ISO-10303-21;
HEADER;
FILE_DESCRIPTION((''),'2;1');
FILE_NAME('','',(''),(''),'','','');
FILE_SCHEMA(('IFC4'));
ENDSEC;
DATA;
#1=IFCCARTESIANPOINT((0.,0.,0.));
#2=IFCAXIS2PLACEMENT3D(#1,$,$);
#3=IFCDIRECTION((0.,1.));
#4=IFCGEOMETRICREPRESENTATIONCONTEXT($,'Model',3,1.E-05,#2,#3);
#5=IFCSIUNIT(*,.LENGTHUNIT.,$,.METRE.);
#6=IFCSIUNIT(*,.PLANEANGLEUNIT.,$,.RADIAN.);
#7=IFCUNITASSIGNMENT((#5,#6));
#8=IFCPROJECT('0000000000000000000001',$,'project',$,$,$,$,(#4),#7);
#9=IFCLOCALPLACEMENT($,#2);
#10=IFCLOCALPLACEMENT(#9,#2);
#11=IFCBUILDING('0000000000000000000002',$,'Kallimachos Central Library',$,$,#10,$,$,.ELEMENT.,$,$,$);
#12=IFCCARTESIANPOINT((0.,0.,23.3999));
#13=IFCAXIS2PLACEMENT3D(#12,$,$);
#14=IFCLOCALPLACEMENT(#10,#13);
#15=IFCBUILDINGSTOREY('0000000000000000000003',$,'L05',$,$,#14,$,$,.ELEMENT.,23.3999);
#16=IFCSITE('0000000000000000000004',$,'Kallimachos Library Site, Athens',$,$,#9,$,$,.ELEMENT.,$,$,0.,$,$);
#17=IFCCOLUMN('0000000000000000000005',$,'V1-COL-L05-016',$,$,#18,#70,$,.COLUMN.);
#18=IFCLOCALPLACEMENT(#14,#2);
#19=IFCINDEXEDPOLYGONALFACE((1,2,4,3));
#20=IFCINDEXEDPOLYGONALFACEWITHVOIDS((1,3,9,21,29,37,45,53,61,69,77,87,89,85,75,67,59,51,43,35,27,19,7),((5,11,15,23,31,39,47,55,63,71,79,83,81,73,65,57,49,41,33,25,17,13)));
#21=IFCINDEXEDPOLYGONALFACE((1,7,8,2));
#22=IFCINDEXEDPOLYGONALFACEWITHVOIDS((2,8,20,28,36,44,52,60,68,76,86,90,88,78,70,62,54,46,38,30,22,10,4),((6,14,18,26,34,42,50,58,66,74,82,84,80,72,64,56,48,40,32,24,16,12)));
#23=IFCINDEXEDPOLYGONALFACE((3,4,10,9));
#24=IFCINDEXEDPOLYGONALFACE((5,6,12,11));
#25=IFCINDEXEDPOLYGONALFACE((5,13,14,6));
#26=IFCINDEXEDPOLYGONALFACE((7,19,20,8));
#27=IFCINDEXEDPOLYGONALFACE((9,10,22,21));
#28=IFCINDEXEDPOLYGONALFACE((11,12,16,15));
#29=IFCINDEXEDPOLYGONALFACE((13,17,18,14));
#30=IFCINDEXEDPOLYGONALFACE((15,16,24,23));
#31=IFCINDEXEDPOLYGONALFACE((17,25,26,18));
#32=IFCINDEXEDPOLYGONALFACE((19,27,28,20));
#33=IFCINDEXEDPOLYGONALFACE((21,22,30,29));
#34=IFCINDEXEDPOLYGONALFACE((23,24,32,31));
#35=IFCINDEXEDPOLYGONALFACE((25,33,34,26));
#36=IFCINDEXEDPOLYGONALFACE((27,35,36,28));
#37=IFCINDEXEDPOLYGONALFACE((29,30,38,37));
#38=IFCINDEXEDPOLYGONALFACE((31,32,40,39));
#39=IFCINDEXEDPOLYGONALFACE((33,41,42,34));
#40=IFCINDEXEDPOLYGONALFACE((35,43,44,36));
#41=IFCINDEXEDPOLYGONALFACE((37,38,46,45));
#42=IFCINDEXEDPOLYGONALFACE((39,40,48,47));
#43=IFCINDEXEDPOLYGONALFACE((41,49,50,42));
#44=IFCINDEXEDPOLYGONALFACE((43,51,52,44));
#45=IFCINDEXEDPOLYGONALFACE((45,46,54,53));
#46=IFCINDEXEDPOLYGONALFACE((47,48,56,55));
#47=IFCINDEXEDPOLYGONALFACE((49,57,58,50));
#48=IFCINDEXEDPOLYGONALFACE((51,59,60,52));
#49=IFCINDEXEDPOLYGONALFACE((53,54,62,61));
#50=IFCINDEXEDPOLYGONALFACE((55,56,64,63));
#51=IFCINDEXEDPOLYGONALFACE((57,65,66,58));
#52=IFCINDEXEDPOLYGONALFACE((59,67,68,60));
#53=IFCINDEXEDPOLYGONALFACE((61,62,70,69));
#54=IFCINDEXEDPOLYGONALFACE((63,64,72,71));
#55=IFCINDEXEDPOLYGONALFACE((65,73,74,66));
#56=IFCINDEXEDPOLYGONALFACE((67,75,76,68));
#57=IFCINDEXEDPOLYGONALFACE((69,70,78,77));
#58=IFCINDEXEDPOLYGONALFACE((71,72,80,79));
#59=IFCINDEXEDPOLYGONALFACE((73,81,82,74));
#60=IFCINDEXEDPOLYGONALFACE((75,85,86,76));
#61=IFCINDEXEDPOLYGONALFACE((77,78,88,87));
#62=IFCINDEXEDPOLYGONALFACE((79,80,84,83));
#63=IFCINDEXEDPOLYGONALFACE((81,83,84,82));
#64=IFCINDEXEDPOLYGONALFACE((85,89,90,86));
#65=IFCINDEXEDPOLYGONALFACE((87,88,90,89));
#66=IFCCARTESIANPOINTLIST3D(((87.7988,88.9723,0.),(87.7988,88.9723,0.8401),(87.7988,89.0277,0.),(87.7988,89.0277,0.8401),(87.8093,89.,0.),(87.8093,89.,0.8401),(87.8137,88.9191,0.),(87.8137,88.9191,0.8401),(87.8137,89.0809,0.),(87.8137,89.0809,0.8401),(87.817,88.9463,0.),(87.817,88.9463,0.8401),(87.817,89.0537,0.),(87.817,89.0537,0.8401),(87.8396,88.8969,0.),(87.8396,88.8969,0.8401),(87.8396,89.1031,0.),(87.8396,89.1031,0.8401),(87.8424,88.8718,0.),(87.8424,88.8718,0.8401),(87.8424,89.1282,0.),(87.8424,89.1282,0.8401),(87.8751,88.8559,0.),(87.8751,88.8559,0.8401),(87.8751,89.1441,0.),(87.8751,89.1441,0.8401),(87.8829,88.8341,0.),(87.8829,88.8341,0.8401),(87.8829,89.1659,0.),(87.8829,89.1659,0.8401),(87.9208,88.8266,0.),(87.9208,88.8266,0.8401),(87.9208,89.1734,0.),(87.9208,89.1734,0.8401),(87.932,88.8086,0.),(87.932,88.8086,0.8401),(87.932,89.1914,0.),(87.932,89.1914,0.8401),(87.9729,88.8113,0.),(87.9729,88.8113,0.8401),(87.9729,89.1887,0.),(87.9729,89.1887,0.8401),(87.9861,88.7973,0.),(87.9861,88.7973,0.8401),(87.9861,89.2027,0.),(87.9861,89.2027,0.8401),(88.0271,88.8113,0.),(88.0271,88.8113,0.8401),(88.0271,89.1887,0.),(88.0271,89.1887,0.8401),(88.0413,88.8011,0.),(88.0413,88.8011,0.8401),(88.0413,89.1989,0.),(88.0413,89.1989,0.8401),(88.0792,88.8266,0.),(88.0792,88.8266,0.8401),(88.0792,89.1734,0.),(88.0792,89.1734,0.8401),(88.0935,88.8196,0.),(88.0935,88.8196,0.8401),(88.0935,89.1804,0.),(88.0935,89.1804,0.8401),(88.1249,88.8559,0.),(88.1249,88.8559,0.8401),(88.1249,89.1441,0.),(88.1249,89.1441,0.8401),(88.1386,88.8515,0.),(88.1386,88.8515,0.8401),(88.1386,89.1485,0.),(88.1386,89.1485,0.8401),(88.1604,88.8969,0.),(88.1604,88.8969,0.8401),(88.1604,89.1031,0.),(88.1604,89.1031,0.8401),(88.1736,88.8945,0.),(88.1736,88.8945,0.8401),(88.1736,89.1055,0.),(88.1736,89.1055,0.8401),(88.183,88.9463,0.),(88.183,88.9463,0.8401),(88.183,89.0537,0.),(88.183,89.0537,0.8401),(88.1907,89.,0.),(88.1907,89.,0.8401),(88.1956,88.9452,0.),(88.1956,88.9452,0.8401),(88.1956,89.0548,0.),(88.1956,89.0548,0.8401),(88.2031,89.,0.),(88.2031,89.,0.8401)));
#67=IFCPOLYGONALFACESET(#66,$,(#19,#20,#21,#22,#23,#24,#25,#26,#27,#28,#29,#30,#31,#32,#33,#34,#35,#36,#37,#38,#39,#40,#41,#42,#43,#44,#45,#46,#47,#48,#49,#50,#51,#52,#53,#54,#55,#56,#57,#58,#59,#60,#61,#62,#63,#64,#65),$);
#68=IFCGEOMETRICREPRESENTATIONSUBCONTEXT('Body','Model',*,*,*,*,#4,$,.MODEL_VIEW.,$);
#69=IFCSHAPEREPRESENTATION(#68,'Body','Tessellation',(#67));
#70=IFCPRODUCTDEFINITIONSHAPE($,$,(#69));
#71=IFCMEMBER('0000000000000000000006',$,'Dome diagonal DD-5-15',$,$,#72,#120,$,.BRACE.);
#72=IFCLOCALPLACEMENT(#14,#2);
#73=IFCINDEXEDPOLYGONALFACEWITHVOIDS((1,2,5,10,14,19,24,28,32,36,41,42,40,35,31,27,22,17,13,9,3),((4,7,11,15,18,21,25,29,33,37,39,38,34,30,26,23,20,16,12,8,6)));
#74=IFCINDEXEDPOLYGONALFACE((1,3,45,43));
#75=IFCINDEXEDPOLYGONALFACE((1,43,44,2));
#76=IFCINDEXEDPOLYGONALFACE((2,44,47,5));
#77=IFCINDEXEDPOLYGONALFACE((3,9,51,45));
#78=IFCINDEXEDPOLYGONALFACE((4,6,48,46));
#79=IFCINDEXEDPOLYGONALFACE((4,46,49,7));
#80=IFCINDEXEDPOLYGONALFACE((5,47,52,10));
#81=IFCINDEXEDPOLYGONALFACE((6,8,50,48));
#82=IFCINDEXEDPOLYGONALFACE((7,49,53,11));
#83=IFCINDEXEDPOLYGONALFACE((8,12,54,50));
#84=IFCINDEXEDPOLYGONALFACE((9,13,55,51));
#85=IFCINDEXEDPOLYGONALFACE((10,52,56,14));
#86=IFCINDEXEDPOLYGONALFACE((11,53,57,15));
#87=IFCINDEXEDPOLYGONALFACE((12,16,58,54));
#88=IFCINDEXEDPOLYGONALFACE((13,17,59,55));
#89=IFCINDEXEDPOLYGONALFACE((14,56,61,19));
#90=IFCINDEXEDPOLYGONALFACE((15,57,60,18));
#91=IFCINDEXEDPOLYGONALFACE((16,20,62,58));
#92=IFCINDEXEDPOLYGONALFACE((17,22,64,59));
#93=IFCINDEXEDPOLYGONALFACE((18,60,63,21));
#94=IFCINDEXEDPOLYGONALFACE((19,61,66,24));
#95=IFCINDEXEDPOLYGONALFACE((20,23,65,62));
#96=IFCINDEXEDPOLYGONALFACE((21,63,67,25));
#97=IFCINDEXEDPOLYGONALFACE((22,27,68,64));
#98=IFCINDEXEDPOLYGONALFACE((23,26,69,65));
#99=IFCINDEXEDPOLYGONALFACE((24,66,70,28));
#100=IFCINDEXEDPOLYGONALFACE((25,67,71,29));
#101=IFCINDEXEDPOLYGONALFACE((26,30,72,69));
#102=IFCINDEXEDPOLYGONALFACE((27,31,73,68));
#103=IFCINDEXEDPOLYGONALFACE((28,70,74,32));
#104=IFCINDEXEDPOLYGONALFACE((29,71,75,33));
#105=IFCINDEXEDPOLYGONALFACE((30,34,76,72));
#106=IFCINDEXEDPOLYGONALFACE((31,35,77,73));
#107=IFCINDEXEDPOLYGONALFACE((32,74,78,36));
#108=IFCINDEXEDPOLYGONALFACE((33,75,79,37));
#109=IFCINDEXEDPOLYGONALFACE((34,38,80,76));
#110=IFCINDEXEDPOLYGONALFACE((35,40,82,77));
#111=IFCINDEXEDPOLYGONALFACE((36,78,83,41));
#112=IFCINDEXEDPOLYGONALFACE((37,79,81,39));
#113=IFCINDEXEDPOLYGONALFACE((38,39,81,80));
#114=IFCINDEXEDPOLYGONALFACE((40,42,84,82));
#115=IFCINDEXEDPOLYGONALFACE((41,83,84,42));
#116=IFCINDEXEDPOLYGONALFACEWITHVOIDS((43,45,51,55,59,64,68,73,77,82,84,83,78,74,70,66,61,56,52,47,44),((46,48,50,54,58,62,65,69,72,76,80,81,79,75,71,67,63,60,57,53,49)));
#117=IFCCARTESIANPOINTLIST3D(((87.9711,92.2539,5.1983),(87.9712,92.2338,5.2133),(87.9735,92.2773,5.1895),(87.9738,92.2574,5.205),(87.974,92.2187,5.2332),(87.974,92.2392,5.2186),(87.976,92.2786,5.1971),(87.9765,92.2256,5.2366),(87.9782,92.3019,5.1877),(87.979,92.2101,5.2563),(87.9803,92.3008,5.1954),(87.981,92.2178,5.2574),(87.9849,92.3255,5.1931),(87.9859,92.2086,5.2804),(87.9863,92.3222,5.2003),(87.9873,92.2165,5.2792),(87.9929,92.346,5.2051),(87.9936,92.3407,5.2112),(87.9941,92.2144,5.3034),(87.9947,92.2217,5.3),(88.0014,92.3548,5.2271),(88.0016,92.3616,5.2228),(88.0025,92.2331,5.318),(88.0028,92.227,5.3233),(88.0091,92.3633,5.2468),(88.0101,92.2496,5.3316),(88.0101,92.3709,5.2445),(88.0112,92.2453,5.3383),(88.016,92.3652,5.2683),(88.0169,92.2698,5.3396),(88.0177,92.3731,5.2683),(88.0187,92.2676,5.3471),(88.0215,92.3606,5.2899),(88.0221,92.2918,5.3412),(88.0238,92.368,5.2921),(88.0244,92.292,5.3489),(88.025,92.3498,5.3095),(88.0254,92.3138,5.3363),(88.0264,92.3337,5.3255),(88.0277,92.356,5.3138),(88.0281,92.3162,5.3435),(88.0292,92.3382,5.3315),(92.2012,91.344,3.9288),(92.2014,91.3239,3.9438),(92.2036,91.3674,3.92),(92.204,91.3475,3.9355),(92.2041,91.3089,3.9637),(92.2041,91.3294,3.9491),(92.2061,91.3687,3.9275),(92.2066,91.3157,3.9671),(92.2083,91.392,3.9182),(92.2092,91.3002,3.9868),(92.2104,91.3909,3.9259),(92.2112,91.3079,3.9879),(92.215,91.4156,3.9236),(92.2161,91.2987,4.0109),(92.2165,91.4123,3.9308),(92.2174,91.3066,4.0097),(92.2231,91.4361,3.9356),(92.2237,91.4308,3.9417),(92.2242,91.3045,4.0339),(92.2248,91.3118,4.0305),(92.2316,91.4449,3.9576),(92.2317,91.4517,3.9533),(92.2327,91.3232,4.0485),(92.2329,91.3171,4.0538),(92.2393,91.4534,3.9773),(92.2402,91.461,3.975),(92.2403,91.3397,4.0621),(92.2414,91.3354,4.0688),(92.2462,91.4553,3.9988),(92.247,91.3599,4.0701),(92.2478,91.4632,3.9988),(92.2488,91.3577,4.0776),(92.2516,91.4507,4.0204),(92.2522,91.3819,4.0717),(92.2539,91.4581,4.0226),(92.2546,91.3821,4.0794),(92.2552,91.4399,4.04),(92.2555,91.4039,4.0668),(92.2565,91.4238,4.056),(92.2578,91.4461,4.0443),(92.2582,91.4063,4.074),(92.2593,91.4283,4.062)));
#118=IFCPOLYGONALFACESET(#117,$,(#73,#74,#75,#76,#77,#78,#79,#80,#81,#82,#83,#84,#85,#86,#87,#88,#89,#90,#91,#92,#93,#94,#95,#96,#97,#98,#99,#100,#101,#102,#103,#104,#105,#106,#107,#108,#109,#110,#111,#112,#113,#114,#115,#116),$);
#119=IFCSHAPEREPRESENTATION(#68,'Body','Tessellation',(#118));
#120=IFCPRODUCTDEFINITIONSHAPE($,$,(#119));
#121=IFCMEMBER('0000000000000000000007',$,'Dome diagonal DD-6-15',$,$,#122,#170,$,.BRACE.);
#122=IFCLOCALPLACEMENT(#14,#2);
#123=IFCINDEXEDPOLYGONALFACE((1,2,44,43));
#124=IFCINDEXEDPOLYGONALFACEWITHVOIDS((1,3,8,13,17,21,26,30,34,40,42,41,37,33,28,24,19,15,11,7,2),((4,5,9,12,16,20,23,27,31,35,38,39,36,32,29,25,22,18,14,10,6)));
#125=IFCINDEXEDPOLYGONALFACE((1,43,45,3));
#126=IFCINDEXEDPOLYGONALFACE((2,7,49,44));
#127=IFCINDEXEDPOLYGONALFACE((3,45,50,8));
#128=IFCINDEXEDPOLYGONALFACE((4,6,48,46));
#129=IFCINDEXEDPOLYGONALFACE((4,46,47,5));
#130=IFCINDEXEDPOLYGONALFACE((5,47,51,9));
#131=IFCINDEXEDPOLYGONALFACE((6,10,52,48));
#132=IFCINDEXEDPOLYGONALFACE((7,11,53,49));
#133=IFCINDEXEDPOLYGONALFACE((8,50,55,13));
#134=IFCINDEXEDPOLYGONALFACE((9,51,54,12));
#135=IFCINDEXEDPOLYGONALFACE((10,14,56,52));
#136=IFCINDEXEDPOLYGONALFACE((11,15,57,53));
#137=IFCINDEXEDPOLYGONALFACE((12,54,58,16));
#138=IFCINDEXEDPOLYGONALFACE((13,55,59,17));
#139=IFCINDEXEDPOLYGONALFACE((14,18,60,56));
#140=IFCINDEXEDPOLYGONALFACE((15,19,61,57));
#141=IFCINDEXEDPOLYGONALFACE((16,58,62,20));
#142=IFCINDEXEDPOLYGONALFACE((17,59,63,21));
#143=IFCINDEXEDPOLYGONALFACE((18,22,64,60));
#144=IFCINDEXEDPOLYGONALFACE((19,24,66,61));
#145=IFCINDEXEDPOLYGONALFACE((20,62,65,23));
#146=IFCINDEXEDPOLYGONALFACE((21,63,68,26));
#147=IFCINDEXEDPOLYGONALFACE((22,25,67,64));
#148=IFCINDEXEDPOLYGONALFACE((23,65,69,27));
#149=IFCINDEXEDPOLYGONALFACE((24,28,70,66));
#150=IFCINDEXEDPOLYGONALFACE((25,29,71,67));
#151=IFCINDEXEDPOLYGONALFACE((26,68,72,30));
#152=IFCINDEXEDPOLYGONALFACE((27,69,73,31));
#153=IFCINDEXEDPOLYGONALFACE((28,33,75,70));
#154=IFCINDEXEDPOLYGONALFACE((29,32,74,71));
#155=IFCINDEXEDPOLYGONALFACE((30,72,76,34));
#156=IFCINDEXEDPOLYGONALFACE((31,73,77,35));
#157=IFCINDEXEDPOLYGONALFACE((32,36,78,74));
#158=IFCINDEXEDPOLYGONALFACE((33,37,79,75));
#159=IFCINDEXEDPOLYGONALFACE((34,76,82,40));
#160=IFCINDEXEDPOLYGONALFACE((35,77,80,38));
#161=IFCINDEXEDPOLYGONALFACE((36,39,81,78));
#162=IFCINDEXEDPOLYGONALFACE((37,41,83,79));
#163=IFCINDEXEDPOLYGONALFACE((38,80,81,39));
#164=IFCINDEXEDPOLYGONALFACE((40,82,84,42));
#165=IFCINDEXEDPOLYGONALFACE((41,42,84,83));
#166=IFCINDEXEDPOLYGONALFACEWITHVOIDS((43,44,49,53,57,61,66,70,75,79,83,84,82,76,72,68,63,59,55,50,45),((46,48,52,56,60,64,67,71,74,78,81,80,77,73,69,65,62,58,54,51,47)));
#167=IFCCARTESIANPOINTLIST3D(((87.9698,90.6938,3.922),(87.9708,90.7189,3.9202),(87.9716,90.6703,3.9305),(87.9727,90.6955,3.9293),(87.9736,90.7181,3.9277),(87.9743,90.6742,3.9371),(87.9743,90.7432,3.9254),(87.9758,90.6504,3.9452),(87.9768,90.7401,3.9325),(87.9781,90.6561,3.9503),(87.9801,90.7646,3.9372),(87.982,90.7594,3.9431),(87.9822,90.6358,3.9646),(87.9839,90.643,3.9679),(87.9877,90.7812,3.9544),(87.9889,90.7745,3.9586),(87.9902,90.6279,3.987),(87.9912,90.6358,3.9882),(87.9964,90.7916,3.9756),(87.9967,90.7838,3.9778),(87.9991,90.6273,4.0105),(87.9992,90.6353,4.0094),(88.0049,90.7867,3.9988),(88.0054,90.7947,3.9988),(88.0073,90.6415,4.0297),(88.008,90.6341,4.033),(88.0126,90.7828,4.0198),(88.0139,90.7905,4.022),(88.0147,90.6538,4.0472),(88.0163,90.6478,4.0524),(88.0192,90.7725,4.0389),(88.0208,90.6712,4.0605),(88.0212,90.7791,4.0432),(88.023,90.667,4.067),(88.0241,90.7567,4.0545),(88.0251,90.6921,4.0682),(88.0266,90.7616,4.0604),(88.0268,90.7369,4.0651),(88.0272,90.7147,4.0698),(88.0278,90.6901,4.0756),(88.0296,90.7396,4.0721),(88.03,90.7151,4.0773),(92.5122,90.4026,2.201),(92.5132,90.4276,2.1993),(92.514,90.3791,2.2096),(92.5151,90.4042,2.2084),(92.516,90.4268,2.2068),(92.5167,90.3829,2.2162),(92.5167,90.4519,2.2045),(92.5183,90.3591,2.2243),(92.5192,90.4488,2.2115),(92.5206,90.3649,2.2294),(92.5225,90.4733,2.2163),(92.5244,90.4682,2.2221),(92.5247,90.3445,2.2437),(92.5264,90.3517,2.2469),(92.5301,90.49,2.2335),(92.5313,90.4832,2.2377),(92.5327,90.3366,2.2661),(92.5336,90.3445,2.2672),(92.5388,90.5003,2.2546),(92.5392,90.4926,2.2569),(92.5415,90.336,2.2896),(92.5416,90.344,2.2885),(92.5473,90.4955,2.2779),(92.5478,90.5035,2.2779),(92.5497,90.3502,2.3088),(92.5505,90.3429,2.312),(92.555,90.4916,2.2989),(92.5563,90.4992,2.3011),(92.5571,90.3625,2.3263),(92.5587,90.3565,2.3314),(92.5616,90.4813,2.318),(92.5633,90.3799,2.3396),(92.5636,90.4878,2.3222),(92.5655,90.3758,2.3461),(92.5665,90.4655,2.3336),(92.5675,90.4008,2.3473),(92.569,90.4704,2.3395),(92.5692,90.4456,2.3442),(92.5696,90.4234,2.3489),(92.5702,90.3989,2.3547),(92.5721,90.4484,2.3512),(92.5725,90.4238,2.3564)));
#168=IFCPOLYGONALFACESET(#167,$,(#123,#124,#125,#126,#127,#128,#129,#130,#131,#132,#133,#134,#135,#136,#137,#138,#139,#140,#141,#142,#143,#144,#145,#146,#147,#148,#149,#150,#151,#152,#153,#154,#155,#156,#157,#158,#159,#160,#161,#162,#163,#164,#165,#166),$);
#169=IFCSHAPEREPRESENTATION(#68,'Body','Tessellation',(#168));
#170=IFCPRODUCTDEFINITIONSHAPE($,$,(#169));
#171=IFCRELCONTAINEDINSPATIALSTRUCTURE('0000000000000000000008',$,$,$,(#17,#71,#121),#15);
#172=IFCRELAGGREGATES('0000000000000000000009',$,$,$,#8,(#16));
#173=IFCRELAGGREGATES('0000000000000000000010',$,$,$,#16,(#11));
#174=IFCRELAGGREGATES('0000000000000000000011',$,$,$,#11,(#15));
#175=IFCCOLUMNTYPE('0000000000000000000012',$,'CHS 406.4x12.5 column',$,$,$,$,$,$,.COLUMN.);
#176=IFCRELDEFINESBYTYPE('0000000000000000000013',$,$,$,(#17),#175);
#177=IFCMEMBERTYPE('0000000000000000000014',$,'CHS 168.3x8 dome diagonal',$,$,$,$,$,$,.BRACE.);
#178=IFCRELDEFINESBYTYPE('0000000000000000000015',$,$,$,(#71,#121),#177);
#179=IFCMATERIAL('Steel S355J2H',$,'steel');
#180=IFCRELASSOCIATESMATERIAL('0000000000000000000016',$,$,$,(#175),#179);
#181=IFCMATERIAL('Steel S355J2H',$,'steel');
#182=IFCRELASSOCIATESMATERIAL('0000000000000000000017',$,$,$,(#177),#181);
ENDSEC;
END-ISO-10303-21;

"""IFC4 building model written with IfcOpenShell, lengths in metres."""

from ifc_helpers import new_model, si_unit, direction, frame, origin, origin_2d, place, context, subcontext, project, spatial, hollow_circle, extrude, material, material_profile, profile_set, type_object, element, save


model = new_model("IFC4")

# Units and contexts
model_context = context("Model", 3, precision=1e-05, world=origin(), true_north=direction((0.0, 1.0)))
body_context = subcontext(model_context, "Body", "Model", "MODEL_VIEW")
ifc_project = project(units=[si_unit("LENGTHUNIT", "METRE"), si_unit("PLANEANGLEUNIT", "RADIAN")], contexts=[model_context])

# Site, building, storey
site_placement = place(None, origin())
site = spatial("IfcSite", under=ifc_project, at=site_placement, Name="Kallimachos Library Site, Athens", CompositionType="ELEMENT", RefElevation=0.0)
building_placement = place(site_placement, origin())
building = spatial("IfcBuilding", under=site, at=building_placement, Name="Kallimachos Central Library", CompositionType="ELEMENT")
storey_placement = place(building_placement, frame((0.0, 0.0, 23.3999)))
storey = spatial("IfcBuildingStorey", under=building, at=storey_placement, Name="L05", CompositionType="ELEMENT", Elevation=23.3999)

# Column
ifc_material_1 = material(Name="Steel S355J2H", Category="steel")
ifc_material_profile_1 = material_profile(ifc_material_1, hollow_circle(Radius=0.2031, WallThickness=0.0125, at=origin_2d()), Name="CHS 406.4x12.5")
ifc_profile_set_1 = profile_set([ifc_material_profile_1], Name="Steel S355J2H")
column_type = type_object("IfcColumnType", Name="CHS 406.4x12.5 column", PredefinedType="COLUMN", material=ifc_profile_set_1)
column_placement = place(storey_placement, frame((88.0, 89.0, 0.0), z_axis=(0.0, 0.0, 1.0), x_axis=(1.0, 0.0, 0.0)))
element("IfcColumn", 1, at=column_placement, inside=storey, type_object=column_type, Name="V1-COL-L05-016", PredefinedType="COLUMN", context=body_context, shape_type="SweptSolid", body=[
    extrude(hollow_circle(Radius=0.2031, WallThickness=0.0125, at=origin_2d()), origin(), (0.0, 0.0, 1.0), 0.8401),
])

# Members
ifc_material_2 = material(Name="Steel S355J2H", Category="steel")
ifc_material_profile_2 = material_profile(ifc_material_2, hollow_circle(Radius=0.0842, WallThickness=0.0081, at=origin_2d()), Name="CHS 168.3x8")
ifc_profile_set_2 = profile_set([ifc_material_profile_2], Name="Steel S355J2H")
member_type_1 = type_object("IfcMemberType", Name="CHS 168.3x8 dome diagonal", PredefinedType="BRACE", material=ifc_profile_set_2)
member_1_placement = place(storey_placement, frame((88.0, 92.2908, 5.2683), z_axis=(0.938096, -0.201782, -0.281532), x_axis=(0.210288, 0.977639, 0.0)))
element("IfcMember", 2, at=member_1_placement, inside=storey, type_object=member_type_1, Name="Dome diagonal DD-5-15", PredefinedType="BRACE", context=body_context, shape_type="SweptSolid", body=[
    extrude(hollow_circle(Radius=0.0842, WallThickness=0.0081, at=origin_2d()), origin(), (0.0, 0.0, 1.0), 4.5093),
])
member_2_placement = place(storey_placement, frame((88.0, 90.7107, 3.9988), z_axis=(0.933462, -0.059853, -0.353648), x_axis=(0.063988, 0.997951, 0.0)))
element("IfcMember", 3, at=member_2_placement, inside=storey, type_object=member_type_1, Name="Dome diagonal DD-6-15", PredefinedType="BRACE", context=body_context, shape_type="SweptSolid", body=[
    extrude(hollow_circle(Radius=0.0842, WallThickness=0.0081, at=origin_2d()), origin(), (0.0, 0.0, 1.0), 4.8662),
])

save(model, "model.ifc")
